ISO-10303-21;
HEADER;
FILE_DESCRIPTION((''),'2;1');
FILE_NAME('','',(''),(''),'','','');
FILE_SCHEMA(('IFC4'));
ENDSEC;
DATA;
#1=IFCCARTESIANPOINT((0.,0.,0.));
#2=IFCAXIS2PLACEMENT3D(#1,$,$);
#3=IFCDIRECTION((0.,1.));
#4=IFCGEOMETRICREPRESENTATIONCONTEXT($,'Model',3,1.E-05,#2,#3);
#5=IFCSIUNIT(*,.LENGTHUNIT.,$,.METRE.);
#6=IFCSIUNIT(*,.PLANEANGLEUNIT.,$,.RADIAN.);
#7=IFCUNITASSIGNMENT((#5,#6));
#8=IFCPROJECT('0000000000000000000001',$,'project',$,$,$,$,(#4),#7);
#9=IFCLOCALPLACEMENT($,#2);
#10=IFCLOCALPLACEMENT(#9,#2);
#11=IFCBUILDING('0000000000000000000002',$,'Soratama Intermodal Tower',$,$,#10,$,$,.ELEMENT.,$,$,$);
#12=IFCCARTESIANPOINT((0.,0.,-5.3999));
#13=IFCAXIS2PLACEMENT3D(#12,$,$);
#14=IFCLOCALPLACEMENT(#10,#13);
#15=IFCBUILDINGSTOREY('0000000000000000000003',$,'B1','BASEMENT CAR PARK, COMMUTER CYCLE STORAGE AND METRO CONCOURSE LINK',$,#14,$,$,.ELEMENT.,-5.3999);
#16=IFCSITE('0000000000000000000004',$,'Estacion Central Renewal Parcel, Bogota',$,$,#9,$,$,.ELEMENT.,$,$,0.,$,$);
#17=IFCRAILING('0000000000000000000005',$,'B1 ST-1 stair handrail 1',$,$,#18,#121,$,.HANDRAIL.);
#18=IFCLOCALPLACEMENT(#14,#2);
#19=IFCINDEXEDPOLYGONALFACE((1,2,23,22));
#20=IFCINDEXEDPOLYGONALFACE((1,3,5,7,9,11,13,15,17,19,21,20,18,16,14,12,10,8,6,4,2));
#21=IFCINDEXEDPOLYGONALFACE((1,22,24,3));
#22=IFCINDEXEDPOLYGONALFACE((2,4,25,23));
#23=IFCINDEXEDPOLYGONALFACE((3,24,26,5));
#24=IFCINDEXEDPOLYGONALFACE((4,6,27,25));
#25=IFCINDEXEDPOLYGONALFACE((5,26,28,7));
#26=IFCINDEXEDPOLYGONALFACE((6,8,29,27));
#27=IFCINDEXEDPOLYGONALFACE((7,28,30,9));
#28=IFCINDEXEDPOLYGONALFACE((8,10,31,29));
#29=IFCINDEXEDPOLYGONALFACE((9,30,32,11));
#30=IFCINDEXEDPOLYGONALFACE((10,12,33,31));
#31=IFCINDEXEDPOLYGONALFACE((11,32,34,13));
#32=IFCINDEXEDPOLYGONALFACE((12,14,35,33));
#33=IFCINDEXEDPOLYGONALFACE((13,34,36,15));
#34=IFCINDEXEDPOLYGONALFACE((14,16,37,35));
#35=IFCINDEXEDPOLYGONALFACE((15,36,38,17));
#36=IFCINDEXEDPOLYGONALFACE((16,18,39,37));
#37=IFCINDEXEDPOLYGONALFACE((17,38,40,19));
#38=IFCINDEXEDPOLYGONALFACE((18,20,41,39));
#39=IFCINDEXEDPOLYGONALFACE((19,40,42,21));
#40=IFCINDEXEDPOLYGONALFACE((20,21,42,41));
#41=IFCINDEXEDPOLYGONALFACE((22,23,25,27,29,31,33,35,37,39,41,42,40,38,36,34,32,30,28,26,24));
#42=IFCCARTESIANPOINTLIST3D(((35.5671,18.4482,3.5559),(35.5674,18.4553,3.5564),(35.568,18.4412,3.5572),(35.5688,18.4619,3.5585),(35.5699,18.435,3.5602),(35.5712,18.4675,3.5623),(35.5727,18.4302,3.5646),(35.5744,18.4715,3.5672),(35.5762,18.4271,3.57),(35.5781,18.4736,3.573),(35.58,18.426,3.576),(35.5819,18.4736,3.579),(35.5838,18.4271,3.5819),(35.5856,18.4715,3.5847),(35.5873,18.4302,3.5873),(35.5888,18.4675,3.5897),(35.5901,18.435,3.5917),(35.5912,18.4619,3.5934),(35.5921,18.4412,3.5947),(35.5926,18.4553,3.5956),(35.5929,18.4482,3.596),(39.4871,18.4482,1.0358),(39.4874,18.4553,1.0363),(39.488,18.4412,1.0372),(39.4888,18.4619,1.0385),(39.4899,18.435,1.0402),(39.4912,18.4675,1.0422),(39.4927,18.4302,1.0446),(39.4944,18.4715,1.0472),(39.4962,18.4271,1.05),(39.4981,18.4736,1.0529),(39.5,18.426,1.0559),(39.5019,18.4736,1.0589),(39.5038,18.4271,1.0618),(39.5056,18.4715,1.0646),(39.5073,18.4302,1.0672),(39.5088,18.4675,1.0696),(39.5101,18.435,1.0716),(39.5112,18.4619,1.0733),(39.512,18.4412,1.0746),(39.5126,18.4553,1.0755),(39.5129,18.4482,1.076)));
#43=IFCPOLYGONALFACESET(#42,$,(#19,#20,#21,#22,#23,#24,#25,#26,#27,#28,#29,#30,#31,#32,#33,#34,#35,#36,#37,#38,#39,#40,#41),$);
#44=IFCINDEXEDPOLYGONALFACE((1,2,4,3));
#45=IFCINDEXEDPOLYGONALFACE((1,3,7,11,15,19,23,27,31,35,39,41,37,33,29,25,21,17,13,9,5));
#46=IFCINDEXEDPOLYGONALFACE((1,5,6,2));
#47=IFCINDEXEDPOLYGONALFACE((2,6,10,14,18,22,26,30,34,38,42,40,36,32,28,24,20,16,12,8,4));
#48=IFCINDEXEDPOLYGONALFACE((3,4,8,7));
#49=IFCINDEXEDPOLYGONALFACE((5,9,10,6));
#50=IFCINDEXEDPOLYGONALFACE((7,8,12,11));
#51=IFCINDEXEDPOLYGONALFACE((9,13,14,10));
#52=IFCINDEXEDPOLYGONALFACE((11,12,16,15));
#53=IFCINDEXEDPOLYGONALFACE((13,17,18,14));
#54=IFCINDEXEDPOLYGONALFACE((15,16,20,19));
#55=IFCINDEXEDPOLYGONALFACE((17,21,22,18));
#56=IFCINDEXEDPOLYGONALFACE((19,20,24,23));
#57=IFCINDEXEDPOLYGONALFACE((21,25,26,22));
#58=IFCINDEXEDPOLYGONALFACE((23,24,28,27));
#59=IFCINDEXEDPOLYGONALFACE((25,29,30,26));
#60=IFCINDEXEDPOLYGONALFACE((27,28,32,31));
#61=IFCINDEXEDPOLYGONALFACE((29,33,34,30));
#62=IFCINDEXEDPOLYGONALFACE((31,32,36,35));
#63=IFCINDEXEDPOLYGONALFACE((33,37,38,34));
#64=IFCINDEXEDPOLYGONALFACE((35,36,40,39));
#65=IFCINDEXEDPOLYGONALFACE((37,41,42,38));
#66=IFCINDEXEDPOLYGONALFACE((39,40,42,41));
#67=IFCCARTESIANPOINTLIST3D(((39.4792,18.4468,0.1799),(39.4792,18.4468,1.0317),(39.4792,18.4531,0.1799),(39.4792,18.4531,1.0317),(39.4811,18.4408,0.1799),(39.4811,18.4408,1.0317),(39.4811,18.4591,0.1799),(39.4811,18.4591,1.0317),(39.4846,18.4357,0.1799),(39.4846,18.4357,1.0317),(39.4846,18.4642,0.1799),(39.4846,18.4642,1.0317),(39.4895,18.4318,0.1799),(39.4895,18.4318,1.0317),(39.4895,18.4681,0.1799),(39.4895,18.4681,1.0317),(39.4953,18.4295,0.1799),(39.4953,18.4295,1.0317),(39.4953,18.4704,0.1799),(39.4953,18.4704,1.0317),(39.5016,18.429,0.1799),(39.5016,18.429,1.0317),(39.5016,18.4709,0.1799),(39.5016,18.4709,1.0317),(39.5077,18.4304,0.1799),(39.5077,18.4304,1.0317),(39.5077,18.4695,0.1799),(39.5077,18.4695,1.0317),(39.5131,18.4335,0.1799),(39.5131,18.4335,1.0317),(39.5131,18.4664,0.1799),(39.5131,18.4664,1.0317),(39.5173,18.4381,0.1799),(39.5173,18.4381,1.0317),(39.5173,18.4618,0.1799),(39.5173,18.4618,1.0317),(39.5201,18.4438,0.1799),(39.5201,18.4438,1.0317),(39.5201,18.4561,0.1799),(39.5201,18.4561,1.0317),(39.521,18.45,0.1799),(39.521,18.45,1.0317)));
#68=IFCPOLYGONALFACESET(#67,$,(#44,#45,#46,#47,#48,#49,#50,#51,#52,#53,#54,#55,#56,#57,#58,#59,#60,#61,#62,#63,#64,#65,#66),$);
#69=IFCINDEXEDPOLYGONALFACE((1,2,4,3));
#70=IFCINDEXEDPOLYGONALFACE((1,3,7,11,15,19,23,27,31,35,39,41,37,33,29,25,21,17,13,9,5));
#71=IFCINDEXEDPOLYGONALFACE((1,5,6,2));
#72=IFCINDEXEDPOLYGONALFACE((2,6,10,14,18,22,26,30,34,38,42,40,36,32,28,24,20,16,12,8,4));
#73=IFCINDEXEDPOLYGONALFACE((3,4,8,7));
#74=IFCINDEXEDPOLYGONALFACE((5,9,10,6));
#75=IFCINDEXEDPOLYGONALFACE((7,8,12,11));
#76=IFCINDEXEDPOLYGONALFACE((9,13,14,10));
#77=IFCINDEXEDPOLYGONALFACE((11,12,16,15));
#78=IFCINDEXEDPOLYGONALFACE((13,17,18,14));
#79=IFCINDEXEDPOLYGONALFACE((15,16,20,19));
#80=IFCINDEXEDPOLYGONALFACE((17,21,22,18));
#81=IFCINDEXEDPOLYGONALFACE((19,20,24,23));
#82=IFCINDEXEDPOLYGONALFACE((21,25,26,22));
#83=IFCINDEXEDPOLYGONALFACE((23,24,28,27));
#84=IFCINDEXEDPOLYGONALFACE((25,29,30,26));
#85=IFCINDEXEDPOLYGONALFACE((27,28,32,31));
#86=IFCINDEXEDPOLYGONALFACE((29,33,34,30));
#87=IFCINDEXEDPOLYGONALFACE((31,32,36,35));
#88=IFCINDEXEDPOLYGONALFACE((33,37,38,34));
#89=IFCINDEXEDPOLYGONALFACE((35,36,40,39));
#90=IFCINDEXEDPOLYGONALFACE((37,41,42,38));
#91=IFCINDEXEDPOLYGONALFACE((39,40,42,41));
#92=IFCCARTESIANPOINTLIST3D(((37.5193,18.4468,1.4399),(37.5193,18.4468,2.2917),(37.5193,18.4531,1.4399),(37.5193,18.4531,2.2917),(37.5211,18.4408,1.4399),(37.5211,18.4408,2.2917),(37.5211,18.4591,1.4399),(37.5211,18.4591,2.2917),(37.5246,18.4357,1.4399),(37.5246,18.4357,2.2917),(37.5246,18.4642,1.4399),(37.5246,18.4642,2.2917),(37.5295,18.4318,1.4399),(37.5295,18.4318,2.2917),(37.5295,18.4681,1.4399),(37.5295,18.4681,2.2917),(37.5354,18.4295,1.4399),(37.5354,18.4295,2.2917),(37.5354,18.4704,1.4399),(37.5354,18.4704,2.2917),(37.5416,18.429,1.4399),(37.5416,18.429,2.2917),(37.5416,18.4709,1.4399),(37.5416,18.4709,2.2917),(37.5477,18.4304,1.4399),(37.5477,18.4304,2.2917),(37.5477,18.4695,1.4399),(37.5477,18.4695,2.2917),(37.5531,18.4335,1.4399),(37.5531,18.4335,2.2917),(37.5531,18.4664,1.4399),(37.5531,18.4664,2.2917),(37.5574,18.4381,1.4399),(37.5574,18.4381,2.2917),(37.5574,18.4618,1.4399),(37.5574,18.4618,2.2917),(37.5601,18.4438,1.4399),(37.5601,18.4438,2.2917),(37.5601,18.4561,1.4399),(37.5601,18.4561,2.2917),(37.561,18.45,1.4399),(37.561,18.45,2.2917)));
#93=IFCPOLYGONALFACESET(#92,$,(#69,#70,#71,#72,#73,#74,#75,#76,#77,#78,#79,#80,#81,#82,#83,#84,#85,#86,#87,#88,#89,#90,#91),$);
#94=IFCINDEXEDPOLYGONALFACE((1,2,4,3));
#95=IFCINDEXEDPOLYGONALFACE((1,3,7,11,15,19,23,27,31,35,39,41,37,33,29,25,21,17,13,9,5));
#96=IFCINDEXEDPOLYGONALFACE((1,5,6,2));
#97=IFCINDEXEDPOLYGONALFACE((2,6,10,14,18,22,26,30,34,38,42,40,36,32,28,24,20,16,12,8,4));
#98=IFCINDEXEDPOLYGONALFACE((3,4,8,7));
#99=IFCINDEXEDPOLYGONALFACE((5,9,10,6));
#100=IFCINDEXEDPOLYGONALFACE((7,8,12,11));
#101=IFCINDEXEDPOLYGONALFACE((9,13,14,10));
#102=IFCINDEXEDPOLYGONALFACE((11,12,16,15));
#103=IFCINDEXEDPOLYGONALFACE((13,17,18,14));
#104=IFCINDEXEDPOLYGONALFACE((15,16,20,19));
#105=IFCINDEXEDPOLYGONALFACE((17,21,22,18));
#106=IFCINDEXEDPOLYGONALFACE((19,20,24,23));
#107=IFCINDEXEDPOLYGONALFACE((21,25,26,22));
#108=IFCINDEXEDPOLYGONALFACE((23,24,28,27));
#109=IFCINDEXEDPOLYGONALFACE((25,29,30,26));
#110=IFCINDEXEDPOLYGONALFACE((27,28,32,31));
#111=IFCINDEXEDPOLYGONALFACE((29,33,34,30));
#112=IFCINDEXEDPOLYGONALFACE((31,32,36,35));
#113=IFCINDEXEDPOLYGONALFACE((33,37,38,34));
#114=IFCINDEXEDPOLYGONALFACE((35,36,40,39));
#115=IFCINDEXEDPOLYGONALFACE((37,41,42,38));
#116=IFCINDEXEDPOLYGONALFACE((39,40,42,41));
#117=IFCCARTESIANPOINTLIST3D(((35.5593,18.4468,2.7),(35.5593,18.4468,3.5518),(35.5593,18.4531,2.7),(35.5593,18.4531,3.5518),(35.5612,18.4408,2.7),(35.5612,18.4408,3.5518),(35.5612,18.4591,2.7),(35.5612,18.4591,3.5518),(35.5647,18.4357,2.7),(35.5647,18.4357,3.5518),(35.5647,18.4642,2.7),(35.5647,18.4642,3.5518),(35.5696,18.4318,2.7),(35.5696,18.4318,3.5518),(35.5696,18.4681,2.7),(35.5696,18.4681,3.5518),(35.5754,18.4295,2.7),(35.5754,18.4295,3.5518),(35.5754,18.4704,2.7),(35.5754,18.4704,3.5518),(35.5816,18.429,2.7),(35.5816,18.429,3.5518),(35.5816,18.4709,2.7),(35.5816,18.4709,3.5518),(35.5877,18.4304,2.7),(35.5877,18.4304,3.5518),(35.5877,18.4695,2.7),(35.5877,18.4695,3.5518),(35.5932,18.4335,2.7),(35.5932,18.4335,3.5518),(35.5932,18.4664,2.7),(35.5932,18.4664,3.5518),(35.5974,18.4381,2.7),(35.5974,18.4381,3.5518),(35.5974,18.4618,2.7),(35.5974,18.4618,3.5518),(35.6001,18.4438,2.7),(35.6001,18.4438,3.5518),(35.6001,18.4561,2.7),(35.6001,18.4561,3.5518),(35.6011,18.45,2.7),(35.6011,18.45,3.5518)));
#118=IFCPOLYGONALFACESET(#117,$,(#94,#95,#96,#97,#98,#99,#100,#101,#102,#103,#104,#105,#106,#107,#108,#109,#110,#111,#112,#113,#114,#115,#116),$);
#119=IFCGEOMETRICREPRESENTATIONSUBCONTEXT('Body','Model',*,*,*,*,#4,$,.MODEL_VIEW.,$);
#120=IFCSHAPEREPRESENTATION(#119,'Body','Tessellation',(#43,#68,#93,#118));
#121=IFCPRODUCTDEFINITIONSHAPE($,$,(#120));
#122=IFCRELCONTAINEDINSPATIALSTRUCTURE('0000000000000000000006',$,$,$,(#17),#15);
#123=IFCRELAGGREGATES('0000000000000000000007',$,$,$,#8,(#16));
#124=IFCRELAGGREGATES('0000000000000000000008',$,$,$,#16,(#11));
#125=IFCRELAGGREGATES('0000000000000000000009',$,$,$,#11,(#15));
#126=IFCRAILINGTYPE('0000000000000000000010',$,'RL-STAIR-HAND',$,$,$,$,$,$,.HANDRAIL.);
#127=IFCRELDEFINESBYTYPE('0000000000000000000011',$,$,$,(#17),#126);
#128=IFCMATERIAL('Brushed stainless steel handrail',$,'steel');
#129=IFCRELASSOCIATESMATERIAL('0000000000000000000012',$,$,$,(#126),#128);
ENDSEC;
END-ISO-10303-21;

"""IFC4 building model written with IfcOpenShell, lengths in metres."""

from ifc_helpers import new_model, si_unit, direction, frame, origin, origin_2d, place, context, subcontext, project, spatial, circle, extrude, material, type_object, element, save


model = new_model("IFC4")

# Units and contexts
model_context = context("Model", 3, precision=1e-05, world=origin(), true_north=direction((0.0, 1.0)))
body_context = subcontext(model_context, "Body", "Model", "MODEL_VIEW")
ifc_project = project(units=[si_unit("LENGTHUNIT", "METRE"), si_unit("PLANEANGLEUNIT", "RADIAN")], contexts=[model_context])

# Site, building, storey
site_placement = place(None, origin())
site = spatial("IfcSite", under=ifc_project, at=site_placement, Name="Estacion Central Renewal Parcel, Bogota", CompositionType="ELEMENT", RefElevation=0.0)
building_placement = place(site_placement, origin())
building = spatial("IfcBuilding", under=site, at=building_placement, Name="Soratama Intermodal Tower", CompositionType="ELEMENT")
storey_placement = place(building_placement, frame((0.0, 0.0, -5.3999)))
storey = spatial("IfcBuildingStorey", under=building, at=storey_placement, Name="B1", Description="BASEMENT CAR PARK, COMMUTER CYCLE STORAGE AND METRO CONCOURSE LINK", CompositionType="ELEMENT", Elevation=-5.3999)

# Railing
ifc_material_1 = material(Name="Brushed stainless steel handrail", Category="steel")
railing_type_1 = type_object("IfcRailingType", Name="RL-STAIR-HAND", PredefinedType="HANDRAIL", material=ifc_material_1)
railing_1_placement = place(storey_placement, frame((39.5, 18.45, 0.1799)))
element("IfcRailing", 1, at=railing_1_placement, inside=storey, type_object=railing_type_1, Name="B1 ST-1 stair handrail 1", PredefinedType="HANDRAIL", context=body_context, shape_type="SweptSolid", body=[
    extrude(circle(Radius=0.0239, at=origin_2d()), frame((0.0, 0.0, 0.876), z_axis=(-0.841172, 0.0, 0.540768), x_axis=(0.0, -1.0, 0.0)), (0.0, 0.0, 1.0), 4.6602),
    extrude(circle(Radius=0.021, at=origin_2d()), origin(), (0.0, 0.0, 1.0), 0.8518),
    extrude(circle(Radius=0.021, at=origin_2d()), frame((-1.96, 0.0, 1.26)), (0.0, 0.0, 1.0), 0.8518),
    extrude(circle(Radius=0.021, at=origin_2d()), frame((-3.9199, 0.0, 2.52)), (0.0, 0.0, 1.0), 0.8518),
])

save(model, "model.ifc")
